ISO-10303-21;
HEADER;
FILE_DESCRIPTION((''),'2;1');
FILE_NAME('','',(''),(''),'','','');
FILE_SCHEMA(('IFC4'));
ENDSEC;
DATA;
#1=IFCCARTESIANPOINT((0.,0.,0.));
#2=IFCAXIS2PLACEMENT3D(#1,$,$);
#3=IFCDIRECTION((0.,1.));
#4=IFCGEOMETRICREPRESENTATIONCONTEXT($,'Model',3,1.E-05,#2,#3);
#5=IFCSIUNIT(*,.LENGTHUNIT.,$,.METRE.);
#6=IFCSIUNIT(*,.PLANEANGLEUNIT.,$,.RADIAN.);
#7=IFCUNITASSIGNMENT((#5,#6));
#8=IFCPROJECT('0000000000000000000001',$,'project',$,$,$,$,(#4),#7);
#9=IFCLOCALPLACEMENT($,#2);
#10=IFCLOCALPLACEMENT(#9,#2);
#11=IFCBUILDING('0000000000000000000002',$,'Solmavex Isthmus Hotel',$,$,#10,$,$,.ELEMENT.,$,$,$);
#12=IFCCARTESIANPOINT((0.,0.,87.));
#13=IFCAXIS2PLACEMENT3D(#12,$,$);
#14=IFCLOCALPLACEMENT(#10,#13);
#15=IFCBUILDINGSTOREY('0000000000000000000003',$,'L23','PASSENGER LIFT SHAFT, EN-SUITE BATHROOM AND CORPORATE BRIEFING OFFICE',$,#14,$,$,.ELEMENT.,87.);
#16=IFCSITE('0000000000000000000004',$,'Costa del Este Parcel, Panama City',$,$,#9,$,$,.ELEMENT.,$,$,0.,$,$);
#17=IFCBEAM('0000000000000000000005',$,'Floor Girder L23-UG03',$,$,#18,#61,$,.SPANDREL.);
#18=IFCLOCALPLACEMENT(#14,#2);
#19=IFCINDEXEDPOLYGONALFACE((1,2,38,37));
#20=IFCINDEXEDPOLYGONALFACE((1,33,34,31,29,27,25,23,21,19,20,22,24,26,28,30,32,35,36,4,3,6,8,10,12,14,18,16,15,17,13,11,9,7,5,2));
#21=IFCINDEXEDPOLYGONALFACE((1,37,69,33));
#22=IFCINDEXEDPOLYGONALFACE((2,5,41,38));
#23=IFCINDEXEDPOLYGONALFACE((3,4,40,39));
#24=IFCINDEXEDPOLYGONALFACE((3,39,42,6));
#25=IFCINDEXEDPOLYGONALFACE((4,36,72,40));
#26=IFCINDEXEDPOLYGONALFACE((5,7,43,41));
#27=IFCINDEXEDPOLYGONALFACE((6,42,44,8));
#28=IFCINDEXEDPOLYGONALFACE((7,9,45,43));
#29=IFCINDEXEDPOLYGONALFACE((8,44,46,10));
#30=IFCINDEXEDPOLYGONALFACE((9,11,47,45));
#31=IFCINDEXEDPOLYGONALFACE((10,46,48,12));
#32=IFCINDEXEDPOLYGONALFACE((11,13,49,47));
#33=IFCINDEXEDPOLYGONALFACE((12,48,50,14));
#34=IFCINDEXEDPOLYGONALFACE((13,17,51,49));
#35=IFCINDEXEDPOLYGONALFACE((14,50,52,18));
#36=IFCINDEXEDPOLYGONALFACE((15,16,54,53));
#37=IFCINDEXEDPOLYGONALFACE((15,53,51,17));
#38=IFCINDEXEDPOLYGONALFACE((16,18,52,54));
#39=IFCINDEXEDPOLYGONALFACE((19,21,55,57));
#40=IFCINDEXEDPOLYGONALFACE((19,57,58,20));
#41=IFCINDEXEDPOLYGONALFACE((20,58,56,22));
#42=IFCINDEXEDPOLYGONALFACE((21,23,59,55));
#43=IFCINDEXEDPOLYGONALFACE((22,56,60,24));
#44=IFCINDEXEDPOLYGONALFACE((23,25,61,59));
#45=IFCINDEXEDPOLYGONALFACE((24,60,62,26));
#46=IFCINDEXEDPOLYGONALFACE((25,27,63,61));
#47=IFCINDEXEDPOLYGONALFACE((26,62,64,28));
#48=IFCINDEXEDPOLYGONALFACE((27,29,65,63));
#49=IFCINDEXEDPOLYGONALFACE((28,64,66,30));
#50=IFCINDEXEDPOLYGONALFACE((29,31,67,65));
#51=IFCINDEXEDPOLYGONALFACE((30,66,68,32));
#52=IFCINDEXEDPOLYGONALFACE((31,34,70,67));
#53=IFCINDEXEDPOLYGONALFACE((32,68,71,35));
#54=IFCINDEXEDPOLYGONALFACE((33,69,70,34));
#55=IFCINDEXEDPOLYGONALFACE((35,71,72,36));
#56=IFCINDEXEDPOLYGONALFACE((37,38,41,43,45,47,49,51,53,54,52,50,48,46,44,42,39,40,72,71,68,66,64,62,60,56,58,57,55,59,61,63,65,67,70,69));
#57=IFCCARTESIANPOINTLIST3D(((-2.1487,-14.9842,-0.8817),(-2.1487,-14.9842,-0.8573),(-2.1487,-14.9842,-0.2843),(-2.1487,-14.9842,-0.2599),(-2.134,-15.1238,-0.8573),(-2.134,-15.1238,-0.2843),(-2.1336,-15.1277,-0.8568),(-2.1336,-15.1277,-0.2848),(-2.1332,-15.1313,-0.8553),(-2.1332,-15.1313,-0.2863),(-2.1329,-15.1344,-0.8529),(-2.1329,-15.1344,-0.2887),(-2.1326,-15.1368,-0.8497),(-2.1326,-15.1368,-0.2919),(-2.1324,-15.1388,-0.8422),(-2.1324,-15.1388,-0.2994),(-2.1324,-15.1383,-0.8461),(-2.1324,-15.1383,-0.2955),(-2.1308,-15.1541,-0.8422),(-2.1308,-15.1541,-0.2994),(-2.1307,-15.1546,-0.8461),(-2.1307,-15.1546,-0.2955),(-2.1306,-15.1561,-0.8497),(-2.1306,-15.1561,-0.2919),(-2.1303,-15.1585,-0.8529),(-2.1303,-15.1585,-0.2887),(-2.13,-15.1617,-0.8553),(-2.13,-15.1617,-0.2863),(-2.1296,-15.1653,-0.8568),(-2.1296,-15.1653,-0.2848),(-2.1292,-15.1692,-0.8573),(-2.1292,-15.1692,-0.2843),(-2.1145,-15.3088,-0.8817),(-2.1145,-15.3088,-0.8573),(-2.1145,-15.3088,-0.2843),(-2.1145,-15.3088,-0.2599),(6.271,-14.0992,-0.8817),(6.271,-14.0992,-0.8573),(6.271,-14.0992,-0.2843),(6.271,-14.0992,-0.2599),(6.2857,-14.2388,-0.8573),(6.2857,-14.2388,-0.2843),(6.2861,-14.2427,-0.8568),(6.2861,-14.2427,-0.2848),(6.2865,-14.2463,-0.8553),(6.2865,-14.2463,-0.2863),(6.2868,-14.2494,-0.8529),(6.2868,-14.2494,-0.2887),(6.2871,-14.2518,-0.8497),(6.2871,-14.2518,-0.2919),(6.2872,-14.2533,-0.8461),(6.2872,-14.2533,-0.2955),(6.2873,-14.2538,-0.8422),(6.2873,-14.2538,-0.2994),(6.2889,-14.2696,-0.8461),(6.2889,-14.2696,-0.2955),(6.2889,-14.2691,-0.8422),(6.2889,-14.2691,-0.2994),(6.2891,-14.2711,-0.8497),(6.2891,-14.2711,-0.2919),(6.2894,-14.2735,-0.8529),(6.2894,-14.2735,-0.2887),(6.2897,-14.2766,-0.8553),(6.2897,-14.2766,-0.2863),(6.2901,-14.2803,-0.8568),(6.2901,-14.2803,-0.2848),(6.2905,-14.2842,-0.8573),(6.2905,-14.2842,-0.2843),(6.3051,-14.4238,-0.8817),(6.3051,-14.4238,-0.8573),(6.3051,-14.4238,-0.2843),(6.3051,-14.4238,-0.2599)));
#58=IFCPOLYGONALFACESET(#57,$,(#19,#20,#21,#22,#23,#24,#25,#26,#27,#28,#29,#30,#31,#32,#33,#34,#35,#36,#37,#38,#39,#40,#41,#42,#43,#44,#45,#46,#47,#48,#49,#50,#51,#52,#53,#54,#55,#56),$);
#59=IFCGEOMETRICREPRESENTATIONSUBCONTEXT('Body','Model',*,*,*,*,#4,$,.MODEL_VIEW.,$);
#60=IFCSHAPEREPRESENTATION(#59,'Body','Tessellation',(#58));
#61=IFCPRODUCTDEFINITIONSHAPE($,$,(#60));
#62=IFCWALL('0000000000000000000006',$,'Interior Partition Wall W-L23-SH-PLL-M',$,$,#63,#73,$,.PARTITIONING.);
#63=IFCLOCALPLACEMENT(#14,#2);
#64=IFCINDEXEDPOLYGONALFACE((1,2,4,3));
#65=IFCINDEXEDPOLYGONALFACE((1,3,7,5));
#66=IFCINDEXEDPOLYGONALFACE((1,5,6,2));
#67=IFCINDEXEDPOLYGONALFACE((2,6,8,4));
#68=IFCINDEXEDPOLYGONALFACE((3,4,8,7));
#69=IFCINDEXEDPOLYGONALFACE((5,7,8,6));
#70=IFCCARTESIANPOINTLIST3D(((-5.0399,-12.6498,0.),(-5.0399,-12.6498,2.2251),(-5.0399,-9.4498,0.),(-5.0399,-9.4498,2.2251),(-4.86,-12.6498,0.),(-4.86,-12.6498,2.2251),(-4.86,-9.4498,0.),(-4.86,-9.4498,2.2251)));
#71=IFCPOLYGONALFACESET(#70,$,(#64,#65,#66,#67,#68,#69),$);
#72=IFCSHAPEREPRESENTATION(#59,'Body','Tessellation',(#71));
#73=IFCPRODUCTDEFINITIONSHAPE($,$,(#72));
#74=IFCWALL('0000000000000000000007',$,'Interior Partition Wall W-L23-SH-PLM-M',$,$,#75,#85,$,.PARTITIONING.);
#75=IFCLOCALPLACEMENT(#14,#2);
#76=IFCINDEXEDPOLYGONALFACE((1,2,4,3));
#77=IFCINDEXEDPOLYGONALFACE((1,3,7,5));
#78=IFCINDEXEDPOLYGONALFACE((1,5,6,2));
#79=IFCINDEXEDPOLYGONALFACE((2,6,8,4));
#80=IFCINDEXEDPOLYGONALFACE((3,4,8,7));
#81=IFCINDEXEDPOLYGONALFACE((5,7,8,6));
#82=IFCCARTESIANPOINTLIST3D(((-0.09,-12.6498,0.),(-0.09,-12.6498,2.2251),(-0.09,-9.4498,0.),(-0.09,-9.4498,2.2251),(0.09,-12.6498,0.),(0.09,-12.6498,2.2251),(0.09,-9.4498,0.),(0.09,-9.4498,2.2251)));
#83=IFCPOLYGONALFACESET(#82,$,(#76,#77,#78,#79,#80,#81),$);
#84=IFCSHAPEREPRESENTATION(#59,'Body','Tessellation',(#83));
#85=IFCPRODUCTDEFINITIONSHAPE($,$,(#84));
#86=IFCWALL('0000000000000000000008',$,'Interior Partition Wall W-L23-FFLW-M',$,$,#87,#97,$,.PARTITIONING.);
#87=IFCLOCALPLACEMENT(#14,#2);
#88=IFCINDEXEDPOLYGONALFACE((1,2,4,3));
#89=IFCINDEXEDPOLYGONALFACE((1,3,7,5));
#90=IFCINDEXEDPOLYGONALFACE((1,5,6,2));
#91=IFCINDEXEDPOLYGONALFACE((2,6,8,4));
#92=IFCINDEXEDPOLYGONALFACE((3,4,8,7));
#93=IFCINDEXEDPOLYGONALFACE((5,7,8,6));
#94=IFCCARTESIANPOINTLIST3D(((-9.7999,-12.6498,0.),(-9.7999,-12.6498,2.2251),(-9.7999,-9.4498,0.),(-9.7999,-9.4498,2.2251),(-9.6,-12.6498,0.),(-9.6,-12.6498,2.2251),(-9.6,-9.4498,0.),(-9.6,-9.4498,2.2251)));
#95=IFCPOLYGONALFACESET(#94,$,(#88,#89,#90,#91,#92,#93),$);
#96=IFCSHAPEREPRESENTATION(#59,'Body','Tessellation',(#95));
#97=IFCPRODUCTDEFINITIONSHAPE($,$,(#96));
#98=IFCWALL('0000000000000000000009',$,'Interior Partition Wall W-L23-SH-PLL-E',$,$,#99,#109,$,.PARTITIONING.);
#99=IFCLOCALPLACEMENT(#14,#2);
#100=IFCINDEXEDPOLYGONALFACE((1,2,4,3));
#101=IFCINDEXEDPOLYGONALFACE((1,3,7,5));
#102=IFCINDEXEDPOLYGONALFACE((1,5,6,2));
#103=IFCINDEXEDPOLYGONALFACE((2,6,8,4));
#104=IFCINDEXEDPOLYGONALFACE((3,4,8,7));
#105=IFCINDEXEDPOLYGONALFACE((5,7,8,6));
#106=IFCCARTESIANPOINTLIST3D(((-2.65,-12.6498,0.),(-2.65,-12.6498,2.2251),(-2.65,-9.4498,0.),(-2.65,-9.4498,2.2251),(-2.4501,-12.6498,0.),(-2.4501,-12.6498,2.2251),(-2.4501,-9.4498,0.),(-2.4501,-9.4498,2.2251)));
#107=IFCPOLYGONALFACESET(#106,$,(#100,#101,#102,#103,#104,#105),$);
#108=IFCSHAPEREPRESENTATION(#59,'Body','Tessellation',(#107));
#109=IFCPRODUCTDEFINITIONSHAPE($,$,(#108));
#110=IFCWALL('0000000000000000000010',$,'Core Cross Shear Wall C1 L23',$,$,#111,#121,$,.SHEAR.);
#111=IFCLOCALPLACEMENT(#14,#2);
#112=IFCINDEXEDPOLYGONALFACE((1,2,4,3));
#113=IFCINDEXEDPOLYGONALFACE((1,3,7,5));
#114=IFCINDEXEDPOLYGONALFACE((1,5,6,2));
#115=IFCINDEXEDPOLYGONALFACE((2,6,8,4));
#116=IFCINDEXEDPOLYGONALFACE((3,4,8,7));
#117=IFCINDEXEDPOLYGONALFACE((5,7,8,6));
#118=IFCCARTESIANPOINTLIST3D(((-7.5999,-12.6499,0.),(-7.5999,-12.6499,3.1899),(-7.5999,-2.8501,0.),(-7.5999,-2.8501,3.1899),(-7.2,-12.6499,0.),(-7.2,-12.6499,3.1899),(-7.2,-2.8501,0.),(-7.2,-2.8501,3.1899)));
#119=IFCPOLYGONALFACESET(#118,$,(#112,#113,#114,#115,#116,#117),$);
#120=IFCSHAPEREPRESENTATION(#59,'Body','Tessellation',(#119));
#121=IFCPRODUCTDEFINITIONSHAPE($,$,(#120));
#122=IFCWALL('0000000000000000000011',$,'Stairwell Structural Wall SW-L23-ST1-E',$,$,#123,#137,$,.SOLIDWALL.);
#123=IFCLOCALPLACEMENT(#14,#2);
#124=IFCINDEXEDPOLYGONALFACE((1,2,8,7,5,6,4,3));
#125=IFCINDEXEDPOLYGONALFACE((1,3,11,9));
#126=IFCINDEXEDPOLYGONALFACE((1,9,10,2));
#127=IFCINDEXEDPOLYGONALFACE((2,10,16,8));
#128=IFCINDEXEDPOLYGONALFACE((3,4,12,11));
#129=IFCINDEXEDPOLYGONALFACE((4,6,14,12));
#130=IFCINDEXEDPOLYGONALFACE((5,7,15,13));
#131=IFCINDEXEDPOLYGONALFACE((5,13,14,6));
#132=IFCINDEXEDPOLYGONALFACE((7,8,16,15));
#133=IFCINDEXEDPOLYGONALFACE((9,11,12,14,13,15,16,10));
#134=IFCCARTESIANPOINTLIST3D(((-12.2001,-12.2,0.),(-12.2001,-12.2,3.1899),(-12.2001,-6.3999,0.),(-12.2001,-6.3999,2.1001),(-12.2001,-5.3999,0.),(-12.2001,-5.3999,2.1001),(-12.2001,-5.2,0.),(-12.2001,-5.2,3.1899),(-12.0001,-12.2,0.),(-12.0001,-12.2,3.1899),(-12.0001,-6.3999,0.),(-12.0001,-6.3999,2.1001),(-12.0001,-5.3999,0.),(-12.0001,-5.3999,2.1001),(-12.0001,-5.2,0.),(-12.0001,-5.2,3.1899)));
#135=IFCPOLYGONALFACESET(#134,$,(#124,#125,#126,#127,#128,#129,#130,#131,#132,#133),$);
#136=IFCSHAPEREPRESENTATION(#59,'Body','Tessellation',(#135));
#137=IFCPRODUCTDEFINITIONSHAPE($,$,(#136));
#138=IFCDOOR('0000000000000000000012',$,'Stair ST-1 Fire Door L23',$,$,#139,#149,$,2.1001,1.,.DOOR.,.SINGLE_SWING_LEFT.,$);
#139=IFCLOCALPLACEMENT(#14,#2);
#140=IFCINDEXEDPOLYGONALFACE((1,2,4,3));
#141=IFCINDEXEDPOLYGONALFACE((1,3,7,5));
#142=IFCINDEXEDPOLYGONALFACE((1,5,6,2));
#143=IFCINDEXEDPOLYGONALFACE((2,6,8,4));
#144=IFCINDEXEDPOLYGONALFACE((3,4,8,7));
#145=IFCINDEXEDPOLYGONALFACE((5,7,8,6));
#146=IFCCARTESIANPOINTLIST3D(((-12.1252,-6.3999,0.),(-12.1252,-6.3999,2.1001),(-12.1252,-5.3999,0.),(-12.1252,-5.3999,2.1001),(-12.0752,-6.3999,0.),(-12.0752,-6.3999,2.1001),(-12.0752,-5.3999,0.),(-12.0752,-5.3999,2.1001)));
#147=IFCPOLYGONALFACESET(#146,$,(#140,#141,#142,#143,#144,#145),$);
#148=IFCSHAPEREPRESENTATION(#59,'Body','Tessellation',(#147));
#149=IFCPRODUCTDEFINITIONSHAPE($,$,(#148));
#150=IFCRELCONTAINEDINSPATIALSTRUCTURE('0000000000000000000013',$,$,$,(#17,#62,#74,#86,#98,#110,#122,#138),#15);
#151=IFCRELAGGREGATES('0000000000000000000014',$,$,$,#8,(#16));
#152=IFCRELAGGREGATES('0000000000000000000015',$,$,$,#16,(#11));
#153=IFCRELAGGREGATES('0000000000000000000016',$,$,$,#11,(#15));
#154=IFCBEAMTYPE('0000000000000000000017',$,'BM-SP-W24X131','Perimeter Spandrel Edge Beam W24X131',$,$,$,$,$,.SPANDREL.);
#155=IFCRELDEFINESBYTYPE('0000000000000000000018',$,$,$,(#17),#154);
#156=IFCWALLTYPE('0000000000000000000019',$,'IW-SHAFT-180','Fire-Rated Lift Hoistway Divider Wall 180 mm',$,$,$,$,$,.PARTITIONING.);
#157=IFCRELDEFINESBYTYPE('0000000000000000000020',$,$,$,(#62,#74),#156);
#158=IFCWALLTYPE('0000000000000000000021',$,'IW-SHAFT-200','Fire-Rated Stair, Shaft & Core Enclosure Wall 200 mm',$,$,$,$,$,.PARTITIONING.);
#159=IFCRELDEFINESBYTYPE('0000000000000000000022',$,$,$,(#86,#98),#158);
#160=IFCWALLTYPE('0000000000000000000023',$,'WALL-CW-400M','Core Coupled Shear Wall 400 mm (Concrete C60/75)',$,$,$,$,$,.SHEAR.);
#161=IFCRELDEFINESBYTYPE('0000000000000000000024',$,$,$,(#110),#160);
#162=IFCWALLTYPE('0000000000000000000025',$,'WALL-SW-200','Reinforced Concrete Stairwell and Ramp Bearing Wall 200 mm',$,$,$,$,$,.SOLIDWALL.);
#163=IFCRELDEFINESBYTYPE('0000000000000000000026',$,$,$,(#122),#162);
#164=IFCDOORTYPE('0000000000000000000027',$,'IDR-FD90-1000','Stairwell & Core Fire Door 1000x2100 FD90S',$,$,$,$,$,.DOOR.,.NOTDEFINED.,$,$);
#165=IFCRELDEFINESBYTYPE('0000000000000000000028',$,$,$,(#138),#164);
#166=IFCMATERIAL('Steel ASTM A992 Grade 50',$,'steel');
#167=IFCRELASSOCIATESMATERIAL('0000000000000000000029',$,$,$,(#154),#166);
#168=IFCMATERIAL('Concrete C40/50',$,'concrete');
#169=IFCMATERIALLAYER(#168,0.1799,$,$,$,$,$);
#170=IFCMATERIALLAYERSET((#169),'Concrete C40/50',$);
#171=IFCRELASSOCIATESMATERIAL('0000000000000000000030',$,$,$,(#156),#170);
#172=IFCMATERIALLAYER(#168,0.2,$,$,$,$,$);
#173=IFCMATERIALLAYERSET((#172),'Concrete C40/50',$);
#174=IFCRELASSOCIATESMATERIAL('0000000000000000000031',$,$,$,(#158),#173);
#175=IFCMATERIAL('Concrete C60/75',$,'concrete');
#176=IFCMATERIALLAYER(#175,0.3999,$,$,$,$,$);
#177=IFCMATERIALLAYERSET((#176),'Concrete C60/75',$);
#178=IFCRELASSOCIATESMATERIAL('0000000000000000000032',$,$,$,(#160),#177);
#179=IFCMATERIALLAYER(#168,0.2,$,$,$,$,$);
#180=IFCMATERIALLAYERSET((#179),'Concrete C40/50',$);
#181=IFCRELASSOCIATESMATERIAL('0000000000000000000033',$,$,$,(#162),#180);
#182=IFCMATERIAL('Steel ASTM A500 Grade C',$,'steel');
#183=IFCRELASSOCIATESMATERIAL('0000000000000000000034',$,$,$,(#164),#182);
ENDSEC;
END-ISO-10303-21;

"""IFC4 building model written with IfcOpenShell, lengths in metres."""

from ifc_helpers import new_model, si_unit, direction, frame, frame_2d, origin, origin_2d, place, context, subcontext, project, spatial, rectangle, i_section, extrude, material, layer, layer_set, material_profile, profile_set, type_object, element, fill, save


model = new_model("IFC4")

# Units and contexts
model_context = context("Model", 3, precision=1e-05, world=origin(), true_north=direction((0.0, 1.0)))
body_context = subcontext(model_context, "Body", "Model", "MODEL_VIEW")
ifc_project = project(units=[si_unit("LENGTHUNIT", "METRE"), si_unit("PLANEANGLEUNIT", "RADIAN")], contexts=[model_context])

# Site, building, storey
site_placement = place(None, origin())
site = spatial("IfcSite", under=ifc_project, at=site_placement, Name="Costa del Este Parcel, Panama City", CompositionType="ELEMENT", RefElevation=0.0)
building_placement = place(site_placement, origin())
building = spatial("IfcBuilding", under=site, at=building_placement, Name="Solmavex Isthmus Hotel", CompositionType="ELEMENT")
storey_placement = place(building_placement, frame((0.0, 0.0, 87.0)))
storey = spatial("IfcBuildingStorey", under=building, at=storey_placement, Name="L23", Description="PASSENGER LIFT SHAFT, EN-SUITE BATHROOM AND CORPORATE BRIEFING OFFICE", CompositionType="ELEMENT", Elevation=87.0)

# Shared definitions
ifc_material_1 = material(Name="Concrete C60/75", Category="concrete")

# Beam
ifc_material_2 = material(Name="Steel ASTM A992 Grade 50", Category="steel")
ifc_material_profile_1 = material_profile(ifc_material_2, i_section(OverallWidth=0.3264, OverallDepth=0.6218, WebThickness=0.0154, FlangeThickness=0.0244, FilletRadius=0.0151, at=origin_2d()), Name="W24X131")
ifc_profile_set_1 = profile_set([ifc_material_profile_1], Name="Steel ASTM A992 Grade 50")
beam_type_1 = type_object("IfcBeamType", Name="BM-SP-W24X131", Description="Perimeter Spandrel Edge Beam W24X131", PredefinedType="SPANDREL", material=ifc_profile_set_1)
beam_1_placement = place(storey_placement, frame((-2.1316, -15.1465, -0.5708), z_axis=(0.994521, 0.104536, 0.0), x_axis=(-0.104536, 0.994521, 0.0)))
element("IfcBeam", 1, at=beam_1_placement, inside=storey, type_object=beam_type_1, Name="Floor Girder L23-UG03", PredefinedType="SPANDREL", context=body_context, shape_type="SweptSolid", body=[
    extrude(i_section(OverallWidth=0.3264, OverallDepth=0.6218, WebThickness=0.0154, FlangeThickness=0.0244, FilletRadius=0.0151, at=origin_2d()), origin(), (0.0, 0.0, 1.0), 8.4661),
])

# Walls
ifc_material_3 = material(Name="Concrete C40/50", Category="concrete")
ifc_layer_1 = layer(ifc_material_3, 0.1799)
ifc_layer_set_1 = layer_set([ifc_layer_1], Name="Concrete C40/50")
wall_type_1 = type_object("IfcWallType", Name="IW-SHAFT-180", Description="Fire-Rated Lift Hoistway Divider Wall 180 mm", PredefinedType="PARTITIONING", material=ifc_layer_set_1)
for number, where, z_axis, x_axis, name in (
    (2, (-4.95, -12.6499, 0.0), (0.0, 0.0, 1.0), (0.0, 1.0, 0.0), "Interior Partition Wall W-L23-SH-PLL-M"),
    (3, (0.0, -12.6499, 0.0), (0.0, 0.0, 1.0), (0.0, 1.0, 0.0), "Interior Partition Wall W-L23-SH-PLM-M"),
):
    element("IfcWall", number, at=place(storey_placement, frame(where, z_axis=z_axis, x_axis=x_axis)), inside=storey, type_object=wall_type_1, Name=name, PredefinedType="PARTITIONING", context=body_context, shape_type="SweptSolid", body=[
        extrude(rectangle(XDim=3.2, YDim=0.1799, at=frame_2d((1.6001, 0.0))), origin(), (0.0, 0.0, 1.0), 2.2251),
    ])
ifc_layer_2 = layer(ifc_material_3, 0.2)
ifc_layer_set_2 = layer_set([ifc_layer_2], Name="Concrete C40/50")
wall_type_2 = type_object("IfcWallType", Name="IW-SHAFT-200", Description="Fire-Rated Stair, Shaft & Core Enclosure Wall 200 mm", PredefinedType="PARTITIONING", material=ifc_layer_set_2)
for number, where, z_axis, x_axis, name in (
    (4, (-9.7, -12.6499, 0.0), (0.0, 0.0, 1.0), (0.0, 1.0, 0.0), "Interior Partition Wall W-L23-FFLW-M"),
    (5, (-2.55, -12.6499, 0.0), (0.0, 0.0, 1.0), (0.0, 1.0, 0.0), "Interior Partition Wall W-L23-SH-PLL-E"),
):
    element("IfcWall", number, at=place(storey_placement, frame(where, z_axis=z_axis, x_axis=x_axis)), inside=storey, type_object=wall_type_2, Name=name, PredefinedType="PARTITIONING", context=body_context, shape_type="SweptSolid", body=[
        extrude(rectangle(XDim=3.2, YDim=0.2, at=frame_2d((1.6001, 0.0))), origin(), (0.0, 0.0, 1.0), 2.2251),
    ])
ifc_layer_3 = layer(ifc_material_1, 0.3999)
ifc_layer_set_3 = layer_set([ifc_layer_3], Name="Concrete C60/75")
wall_type_3 = type_object("IfcWallType", Name="WALL-CW-400M", Description="Core Coupled Shear Wall 400 mm (Concrete C60/75)", PredefinedType="SHEAR", material=ifc_layer_set_3)
wall_1_placement = place(storey_placement, frame((-7.3999, -12.6499, 0.0), z_axis=(0.0, 0.0, 1.0), x_axis=(0.0, 1.0, 0.0)))
element("IfcWall", 6, at=wall_1_placement, inside=storey, type_object=wall_type_3, Name="Core Cross Shear Wall C1 L23", PredefinedType="SHEAR", context=body_context, shape_type="SweptSolid", body=[
    extrude(rectangle(XDim=9.7998, YDim=0.3999, at=frame_2d((4.8999, 0.0))), origin(), (0.0, 0.0, 1.0), 3.1899),
])

# Wall, opening, door
ifc_layer_4 = layer(ifc_material_3, 0.2)
ifc_layer_set_4 = layer_set([ifc_layer_4], Name="Concrete C40/50")
wall_type_4 = type_object("IfcWallType", Name="WALL-SW-200", Description="Reinforced Concrete Stairwell and Ramp Bearing Wall 200 mm", PredefinedType="SOLIDWALL", material=ifc_layer_set_4)
wall_2_placement = place(storey_placement, frame((-12.1001, -12.2, 0.0), z_axis=(0.0, 0.0, 1.0), x_axis=(0.0, 1.0, 0.0)))
wall_2 = element("IfcWall", 7, at=wall_2_placement, inside=storey, type_object=wall_type_4, Name="Stairwell Structural Wall SW-L23-ST1-E", PredefinedType="SOLIDWALL", context=body_context, shape_type="SweptSolid", body=[
    extrude(rectangle(XDim=7.0, YDim=0.2, at=frame_2d((3.5, 0.0))), origin(), (0.0, 0.0, 1.0), 3.1899),
])
opening_placement = place(wall_2_placement, frame((5.8, 0.0, 0.0)))
opening = element("IfcOpeningElement", 8, at=opening_placement, cuts=wall_2, PredefinedType="OPENING", context=body_context, shape_type="SweptSolid", body=[
    extrude(rectangle(XDim=1.0, YDim=2.1001, at=frame_2d((0.5, 1.05))), frame((0.0, 0.1099, 0.0), z_axis=(0.0, -1.0, 0.0), x_axis=(1.0, 0.0, 0.0)), (0.0, 0.0, 1.0), 0.22),
])
ifc_material_4 = material(Name="Steel ASTM A500 Grade C", Category="steel")
door_type = type_object("IfcDoorType", Name="IDR-FD90-1000", Description="Stairwell & Core Fire Door 1000x2100 FD90S", OperationType="NOTDEFINED", PredefinedType="DOOR", material=ifc_material_4)
door_placement = place(opening_placement, frame((1.0, 0.0, 0.0), z_axis=(0.0, 0.0, 1.0), x_axis=(-1.0, 0.0, 0.0)))
door = element("IfcDoor", 9, at=door_placement, inside=storey, type_object=door_type, Name="Stair ST-1 Fire Door L23", OperationType="SINGLE_SWING_LEFT", OverallHeight=2.1001, OverallWidth=1.0, PredefinedType="DOOR", context=body_context, shape_type="SweptSolid", body=[
    extrude(rectangle(XDim=1.0, YDim=2.1001, at=frame_2d((0.5, 1.05))), frame((0.0, 0.0249, 0.0), z_axis=(0.0, -1.0, 0.0), x_axis=(1.0, 0.0, 0.0)), (0.0, 0.0, 1.0), 0.05),
])
fill(opening, door)

save(model, "model.ifc")
